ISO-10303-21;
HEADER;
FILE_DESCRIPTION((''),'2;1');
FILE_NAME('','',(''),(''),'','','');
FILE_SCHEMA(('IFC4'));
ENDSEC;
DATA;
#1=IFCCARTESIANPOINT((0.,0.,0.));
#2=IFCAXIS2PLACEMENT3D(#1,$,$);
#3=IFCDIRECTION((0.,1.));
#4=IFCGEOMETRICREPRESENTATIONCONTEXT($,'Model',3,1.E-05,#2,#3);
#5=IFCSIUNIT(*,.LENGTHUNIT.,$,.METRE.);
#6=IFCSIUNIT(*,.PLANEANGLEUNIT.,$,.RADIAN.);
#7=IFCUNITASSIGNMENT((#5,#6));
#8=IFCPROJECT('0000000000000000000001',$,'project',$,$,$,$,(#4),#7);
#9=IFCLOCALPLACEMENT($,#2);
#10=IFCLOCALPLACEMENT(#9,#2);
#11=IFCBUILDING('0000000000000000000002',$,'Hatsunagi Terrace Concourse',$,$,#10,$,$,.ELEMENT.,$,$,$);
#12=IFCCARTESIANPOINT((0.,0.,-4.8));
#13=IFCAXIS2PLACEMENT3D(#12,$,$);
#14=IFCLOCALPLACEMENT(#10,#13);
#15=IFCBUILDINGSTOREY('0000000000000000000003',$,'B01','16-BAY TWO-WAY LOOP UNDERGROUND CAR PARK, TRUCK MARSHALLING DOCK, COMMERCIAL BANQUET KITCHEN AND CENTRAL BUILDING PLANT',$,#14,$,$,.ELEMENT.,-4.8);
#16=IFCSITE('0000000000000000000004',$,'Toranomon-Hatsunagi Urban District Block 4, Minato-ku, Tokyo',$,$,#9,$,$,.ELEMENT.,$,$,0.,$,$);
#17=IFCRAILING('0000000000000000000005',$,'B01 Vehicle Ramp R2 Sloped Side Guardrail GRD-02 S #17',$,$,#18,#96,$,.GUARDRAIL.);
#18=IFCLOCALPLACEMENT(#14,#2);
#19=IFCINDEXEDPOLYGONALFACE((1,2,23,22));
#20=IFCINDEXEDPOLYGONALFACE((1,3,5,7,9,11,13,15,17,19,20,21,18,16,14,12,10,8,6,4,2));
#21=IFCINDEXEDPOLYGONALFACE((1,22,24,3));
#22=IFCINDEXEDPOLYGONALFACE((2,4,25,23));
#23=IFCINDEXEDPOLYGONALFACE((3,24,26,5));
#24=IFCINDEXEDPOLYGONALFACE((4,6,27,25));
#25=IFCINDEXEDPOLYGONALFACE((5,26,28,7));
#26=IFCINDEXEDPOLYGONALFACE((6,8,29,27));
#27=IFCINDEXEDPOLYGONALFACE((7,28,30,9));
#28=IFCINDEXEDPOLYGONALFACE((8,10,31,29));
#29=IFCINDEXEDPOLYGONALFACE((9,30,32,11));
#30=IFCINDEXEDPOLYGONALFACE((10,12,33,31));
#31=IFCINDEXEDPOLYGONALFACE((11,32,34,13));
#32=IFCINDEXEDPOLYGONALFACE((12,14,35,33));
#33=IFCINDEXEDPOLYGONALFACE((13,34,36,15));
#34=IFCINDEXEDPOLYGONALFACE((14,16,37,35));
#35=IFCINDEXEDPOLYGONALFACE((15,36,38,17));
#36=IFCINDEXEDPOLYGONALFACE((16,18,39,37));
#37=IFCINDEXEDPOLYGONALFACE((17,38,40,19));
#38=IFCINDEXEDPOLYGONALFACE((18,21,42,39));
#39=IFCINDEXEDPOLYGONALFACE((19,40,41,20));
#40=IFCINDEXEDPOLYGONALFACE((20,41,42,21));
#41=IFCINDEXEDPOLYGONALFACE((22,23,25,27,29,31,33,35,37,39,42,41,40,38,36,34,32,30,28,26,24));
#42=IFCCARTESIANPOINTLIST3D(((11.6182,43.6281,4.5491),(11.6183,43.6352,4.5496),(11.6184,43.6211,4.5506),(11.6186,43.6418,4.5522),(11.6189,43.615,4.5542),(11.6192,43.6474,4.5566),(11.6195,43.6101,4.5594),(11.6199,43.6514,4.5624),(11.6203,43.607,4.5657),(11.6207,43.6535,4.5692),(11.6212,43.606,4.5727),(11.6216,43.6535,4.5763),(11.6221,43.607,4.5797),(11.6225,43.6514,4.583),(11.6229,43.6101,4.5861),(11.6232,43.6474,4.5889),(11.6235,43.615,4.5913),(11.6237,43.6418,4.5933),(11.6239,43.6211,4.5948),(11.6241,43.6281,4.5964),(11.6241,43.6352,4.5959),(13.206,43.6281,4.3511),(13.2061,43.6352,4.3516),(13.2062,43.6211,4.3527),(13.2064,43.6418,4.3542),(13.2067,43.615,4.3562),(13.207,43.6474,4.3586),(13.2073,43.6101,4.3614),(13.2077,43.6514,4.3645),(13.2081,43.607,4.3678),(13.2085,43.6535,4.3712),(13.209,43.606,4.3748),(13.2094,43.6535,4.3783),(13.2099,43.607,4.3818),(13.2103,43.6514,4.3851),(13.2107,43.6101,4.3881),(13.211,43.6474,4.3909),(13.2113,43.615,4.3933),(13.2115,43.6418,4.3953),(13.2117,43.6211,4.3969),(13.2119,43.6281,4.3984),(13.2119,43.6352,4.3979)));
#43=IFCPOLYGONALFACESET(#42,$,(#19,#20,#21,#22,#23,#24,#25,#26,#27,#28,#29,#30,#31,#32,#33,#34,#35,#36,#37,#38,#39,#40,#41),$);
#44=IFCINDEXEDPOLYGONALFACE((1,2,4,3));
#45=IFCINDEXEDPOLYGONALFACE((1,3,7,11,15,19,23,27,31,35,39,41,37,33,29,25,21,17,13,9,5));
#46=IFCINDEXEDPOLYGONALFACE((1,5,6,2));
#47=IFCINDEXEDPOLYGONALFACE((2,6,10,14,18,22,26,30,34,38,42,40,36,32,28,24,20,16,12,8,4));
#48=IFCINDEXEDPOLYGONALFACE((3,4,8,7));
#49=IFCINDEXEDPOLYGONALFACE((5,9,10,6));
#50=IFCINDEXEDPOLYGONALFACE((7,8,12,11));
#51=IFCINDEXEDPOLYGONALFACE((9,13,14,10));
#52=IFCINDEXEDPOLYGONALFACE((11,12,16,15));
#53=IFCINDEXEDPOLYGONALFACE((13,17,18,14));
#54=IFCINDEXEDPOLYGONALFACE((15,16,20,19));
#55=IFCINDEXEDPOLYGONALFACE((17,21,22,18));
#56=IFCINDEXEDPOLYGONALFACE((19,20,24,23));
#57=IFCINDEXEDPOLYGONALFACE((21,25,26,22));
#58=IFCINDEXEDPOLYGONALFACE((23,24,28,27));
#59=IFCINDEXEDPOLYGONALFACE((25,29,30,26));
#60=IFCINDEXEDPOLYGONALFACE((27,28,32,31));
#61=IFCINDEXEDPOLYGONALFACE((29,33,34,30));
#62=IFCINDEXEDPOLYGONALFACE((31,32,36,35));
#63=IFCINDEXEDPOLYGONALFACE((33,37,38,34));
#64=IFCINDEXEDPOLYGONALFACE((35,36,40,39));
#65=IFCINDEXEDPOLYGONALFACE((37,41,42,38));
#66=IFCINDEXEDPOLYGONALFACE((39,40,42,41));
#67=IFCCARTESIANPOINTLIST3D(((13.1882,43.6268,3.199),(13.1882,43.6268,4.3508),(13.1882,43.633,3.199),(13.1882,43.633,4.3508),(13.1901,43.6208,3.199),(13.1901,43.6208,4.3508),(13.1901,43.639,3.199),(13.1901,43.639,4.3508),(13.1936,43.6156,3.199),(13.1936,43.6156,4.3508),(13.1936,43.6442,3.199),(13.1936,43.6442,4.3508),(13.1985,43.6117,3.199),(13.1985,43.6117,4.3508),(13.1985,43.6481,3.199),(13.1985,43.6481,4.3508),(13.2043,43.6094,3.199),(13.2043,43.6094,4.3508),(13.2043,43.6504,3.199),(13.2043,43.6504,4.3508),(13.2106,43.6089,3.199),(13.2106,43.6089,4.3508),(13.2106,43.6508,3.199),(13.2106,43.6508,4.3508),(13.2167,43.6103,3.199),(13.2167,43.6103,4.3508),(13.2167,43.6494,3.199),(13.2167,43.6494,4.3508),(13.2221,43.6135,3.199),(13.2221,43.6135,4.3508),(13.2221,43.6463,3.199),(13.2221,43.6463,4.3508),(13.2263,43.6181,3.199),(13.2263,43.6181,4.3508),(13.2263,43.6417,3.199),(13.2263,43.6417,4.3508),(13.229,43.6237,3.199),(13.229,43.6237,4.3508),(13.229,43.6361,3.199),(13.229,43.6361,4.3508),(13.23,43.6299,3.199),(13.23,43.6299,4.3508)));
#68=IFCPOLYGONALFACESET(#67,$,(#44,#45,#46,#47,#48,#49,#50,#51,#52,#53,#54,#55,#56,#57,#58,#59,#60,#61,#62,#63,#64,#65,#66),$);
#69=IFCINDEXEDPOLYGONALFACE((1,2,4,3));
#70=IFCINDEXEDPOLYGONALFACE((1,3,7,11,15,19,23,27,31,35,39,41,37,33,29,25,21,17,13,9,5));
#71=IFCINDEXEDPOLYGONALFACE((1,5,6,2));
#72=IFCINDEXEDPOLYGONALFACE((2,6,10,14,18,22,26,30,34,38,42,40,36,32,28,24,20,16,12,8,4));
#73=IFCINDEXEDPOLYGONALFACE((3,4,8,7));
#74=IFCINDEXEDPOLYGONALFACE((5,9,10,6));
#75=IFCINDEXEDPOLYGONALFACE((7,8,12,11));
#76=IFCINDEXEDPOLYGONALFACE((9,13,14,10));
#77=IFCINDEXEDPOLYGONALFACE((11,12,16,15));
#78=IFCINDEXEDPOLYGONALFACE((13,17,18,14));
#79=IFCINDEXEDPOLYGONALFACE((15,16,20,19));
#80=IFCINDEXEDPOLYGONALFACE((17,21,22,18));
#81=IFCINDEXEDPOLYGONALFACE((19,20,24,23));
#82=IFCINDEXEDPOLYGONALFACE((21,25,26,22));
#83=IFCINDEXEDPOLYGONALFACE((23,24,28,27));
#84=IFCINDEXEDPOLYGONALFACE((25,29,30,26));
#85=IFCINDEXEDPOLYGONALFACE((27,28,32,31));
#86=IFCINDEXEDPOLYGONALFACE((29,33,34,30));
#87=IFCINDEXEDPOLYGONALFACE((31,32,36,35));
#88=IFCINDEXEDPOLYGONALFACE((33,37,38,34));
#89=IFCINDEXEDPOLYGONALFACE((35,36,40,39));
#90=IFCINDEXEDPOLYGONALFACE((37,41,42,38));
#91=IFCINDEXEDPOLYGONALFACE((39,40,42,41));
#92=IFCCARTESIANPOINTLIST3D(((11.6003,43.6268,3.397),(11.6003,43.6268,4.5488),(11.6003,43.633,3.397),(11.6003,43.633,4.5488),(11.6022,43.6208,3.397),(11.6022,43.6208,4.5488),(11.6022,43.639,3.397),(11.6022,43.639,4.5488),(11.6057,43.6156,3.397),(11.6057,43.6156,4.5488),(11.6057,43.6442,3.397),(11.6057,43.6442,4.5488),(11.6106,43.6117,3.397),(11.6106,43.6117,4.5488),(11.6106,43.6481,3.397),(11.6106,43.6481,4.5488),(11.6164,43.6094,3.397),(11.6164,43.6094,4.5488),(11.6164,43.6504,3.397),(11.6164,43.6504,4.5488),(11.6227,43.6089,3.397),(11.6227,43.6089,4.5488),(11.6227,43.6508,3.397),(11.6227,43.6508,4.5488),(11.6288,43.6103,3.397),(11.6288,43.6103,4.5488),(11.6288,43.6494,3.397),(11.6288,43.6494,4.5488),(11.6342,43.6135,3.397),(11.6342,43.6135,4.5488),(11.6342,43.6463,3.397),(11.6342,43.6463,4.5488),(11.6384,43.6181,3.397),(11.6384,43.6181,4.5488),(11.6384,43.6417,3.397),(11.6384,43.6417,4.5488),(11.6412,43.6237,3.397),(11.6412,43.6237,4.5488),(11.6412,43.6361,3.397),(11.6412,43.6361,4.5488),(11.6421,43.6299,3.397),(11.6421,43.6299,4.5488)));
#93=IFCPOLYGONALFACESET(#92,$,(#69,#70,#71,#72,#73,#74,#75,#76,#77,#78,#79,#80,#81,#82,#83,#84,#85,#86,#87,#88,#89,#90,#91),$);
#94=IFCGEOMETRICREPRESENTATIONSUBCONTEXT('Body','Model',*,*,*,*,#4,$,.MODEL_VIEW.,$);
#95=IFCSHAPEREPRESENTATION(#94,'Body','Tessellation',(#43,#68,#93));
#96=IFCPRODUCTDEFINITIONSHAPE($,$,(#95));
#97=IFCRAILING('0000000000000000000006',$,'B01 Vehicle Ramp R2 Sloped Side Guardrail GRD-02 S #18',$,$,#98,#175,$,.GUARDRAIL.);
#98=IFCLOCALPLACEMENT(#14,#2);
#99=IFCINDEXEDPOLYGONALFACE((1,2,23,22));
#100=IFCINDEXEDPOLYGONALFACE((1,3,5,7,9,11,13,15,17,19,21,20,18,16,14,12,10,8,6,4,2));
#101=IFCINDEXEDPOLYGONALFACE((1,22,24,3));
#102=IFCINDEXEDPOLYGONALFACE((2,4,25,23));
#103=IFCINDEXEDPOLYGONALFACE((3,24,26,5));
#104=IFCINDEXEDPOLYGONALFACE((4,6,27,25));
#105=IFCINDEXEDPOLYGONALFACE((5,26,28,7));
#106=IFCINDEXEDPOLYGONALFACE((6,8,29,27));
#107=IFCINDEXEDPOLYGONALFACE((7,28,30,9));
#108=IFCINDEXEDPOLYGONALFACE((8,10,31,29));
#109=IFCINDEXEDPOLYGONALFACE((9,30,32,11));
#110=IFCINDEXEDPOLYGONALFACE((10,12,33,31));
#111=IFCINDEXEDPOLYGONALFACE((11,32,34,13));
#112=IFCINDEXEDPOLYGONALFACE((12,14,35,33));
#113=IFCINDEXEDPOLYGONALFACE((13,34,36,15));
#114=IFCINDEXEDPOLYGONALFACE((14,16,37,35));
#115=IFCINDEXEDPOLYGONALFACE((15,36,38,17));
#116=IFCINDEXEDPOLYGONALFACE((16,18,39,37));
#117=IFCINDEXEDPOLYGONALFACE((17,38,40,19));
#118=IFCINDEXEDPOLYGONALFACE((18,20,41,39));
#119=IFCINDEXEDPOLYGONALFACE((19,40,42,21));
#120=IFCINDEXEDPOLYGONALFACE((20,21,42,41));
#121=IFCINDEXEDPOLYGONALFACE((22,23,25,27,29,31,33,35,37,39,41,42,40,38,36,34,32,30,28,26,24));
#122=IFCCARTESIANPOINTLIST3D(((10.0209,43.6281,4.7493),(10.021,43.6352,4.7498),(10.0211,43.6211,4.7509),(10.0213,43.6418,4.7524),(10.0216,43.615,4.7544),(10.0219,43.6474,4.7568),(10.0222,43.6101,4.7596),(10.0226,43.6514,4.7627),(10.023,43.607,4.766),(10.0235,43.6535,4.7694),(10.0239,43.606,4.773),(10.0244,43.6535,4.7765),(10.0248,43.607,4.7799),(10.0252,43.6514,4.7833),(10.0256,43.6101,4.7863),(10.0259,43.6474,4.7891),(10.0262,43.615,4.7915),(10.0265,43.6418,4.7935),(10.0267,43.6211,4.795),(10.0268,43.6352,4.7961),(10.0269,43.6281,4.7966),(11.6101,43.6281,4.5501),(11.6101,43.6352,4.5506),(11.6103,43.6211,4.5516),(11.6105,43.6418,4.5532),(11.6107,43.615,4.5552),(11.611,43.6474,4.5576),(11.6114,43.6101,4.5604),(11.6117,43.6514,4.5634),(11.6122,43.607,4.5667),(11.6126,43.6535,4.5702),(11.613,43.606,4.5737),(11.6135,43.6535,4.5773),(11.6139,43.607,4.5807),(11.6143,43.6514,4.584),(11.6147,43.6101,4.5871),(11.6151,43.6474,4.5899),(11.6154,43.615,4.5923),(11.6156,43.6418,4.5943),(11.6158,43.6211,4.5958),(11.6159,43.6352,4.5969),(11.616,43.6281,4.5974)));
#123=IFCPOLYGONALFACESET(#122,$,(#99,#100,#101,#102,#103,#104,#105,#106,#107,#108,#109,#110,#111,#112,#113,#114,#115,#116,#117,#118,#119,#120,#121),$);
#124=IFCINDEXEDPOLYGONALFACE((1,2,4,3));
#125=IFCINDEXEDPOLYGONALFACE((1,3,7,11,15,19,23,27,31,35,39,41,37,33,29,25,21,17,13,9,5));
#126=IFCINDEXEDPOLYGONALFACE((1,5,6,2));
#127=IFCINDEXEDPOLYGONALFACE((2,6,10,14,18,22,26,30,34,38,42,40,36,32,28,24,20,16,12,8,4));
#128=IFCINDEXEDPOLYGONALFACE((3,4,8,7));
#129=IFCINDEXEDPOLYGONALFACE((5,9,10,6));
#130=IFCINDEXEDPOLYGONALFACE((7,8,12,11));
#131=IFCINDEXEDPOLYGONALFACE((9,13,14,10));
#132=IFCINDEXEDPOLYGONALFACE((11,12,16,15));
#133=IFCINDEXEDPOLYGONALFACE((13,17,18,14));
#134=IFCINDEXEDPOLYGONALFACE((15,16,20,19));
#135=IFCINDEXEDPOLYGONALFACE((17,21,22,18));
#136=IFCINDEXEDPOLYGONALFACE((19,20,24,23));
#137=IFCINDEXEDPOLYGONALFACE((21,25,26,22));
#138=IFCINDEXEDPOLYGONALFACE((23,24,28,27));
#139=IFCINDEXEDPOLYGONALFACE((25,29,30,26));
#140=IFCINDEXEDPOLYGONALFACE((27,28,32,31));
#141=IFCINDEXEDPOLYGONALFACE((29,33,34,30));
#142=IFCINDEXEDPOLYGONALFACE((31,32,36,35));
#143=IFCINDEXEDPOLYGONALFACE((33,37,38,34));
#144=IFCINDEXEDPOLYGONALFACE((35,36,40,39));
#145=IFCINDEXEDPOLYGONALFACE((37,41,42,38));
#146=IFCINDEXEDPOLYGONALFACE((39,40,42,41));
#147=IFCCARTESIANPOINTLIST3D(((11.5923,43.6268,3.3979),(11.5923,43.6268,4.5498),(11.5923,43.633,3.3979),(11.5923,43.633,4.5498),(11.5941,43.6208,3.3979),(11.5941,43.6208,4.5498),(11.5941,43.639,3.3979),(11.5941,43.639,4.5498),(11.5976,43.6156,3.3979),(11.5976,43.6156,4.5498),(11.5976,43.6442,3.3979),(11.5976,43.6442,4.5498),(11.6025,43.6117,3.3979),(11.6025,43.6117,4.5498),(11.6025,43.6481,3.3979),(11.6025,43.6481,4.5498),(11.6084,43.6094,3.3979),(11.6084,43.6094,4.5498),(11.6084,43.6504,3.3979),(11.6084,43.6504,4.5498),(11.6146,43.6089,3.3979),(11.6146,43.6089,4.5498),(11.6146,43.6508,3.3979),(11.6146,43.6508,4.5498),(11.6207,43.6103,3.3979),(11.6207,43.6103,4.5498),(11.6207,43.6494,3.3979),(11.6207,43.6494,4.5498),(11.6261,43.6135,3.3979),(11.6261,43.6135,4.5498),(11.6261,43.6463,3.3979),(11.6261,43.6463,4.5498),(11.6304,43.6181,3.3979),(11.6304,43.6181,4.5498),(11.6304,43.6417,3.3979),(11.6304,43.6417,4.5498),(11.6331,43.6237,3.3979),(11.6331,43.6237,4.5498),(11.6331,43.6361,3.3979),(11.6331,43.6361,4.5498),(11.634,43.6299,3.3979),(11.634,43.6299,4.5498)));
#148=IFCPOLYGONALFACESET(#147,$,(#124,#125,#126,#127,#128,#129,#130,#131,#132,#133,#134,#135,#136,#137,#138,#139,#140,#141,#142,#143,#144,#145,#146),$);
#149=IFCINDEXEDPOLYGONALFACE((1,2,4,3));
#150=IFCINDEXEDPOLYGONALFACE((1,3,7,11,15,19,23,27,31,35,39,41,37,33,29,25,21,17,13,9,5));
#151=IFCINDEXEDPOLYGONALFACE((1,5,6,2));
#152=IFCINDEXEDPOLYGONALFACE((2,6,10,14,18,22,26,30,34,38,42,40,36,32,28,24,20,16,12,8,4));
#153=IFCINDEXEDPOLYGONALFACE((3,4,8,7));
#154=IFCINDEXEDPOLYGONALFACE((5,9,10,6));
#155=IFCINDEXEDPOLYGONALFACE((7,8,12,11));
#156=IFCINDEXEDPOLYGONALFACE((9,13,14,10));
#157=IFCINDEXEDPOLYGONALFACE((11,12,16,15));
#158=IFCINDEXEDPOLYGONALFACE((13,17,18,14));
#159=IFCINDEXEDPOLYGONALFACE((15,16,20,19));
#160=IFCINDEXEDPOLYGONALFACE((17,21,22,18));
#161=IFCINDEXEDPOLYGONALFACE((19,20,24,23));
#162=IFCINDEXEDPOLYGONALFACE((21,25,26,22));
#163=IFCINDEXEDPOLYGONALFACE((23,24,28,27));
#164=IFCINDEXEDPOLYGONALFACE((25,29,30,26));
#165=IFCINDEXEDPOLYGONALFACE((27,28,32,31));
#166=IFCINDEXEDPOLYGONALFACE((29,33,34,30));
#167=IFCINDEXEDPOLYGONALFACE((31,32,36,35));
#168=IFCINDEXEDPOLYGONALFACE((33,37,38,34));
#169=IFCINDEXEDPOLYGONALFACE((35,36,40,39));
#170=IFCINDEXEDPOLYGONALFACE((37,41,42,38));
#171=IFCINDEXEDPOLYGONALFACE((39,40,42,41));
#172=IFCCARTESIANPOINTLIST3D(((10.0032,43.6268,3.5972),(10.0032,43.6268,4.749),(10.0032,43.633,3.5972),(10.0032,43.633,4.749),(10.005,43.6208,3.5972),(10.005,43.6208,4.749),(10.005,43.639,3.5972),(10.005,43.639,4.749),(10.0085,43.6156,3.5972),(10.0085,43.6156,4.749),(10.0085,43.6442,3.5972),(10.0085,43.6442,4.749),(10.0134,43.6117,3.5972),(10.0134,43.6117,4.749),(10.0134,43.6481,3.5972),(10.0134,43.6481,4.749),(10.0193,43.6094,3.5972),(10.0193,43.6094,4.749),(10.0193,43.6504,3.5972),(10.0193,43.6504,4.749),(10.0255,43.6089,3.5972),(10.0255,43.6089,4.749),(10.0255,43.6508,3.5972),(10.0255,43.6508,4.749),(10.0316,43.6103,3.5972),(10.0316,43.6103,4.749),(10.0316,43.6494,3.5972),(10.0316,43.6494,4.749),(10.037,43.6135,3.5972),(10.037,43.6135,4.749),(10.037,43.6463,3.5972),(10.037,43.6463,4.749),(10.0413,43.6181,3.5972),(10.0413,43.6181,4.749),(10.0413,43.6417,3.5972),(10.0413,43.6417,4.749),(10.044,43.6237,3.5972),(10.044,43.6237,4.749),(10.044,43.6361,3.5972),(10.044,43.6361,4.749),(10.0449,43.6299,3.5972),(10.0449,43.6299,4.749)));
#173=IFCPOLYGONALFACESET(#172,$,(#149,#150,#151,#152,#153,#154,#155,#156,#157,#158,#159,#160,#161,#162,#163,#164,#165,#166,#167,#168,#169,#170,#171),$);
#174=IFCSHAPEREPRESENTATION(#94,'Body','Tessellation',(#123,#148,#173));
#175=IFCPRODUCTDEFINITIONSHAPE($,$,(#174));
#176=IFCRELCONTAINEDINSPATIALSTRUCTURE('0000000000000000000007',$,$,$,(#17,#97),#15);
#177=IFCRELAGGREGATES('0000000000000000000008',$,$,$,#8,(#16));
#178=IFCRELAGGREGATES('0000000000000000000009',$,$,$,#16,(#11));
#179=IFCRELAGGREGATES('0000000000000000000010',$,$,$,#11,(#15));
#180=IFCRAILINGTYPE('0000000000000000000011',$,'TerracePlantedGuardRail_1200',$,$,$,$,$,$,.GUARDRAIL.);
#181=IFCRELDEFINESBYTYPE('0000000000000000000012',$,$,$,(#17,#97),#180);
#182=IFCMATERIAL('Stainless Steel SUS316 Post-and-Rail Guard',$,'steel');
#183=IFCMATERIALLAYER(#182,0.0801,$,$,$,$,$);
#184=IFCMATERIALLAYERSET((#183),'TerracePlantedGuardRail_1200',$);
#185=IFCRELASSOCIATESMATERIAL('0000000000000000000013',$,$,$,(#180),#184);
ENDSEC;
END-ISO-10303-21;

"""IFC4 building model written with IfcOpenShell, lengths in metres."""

from ifc_helpers import new_model, si_unit, direction, frame, origin, origin_2d, place, context, subcontext, project, spatial, circle, extrude, material, layer, layer_set, type_object, element, save


model = new_model("IFC4")

# Units and contexts
model_context = context("Model", 3, precision=1e-05, world=origin(), true_north=direction((0.0, 1.0)))
body_context = subcontext(model_context, "Body", "Model", "MODEL_VIEW")
ifc_project = project(units=[si_unit("LENGTHUNIT", "METRE"), si_unit("PLANEANGLEUNIT", "RADIAN")], contexts=[model_context])

# Site, building, storey
site_placement = place(None, origin())
site = spatial("IfcSite", under=ifc_project, at=site_placement, Name="Toranomon-Hatsunagi Urban District Block 4, Minato-ku, Tokyo", CompositionType="ELEMENT", RefElevation=0.0)
building_placement = place(site_placement, origin())
building = spatial("IfcBuilding", under=site, at=building_placement, Name="Hatsunagi Terrace Concourse", CompositionType="ELEMENT")
storey_placement = place(building_placement, frame((0.0, 0.0, -4.8)))
storey = spatial("IfcBuildingStorey", under=building, at=storey_placement, Name="B01", Description="16-BAY TWO-WAY LOOP UNDERGROUND CAR PARK, TRUCK MARSHALLING DOCK, COMMERCIAL BANQUET KITCHEN AND CENTRAL BUILDING PLANT", CompositionType="ELEMENT", Elevation=-4.8)

# Railings
ifc_material_1 = material(Name="Stainless Steel SUS316 Post-and-Rail Guard", Category="steel")
ifc_layer_1 = layer(ifc_material_1, 0.0801)
ifc_layer_set_1 = layer_set([ifc_layer_1], Name="TerracePlantedGuardRail_1200")
railing_type = type_object("IfcRailingType", Name="TerracePlantedGuardRail_1200", PredefinedType="GUARDRAIL", material=ifc_layer_set_1)
railing_1_placement = place(storey_placement, frame((13.209, 43.6299, 3.199)))
element("IfcRailing", 1, at=railing_1_placement, inside=storey, type_object=railing_type, Name="B01 Vehicle Ramp R2 Sloped Side Guardrail GRD-02 S #17", PredefinedType="GUARDRAIL", context=body_context, shape_type="SweptSolid", body=[
    extrude(circle(Radius=0.0239, at=origin_2d()), frame((0.0, 0.0, 1.1758), z_axis=(-0.992315, 0.0, 0.123734), x_axis=(0.0, -1.0, 0.0)), (0.0, 0.0, 1.0), 1.6001),
    extrude(circle(Radius=0.021, at=origin_2d()), origin(), (0.0, 0.0, 1.0), 1.1519),
    extrude(circle(Radius=0.021, at=origin_2d()), frame((-1.5879, 0.0, 0.198)), (0.0, 0.0, 1.0), 1.1519),
])
railing_2_placement = place(storey_placement, frame((11.613, 43.6299, 3.3979)))
element("IfcRailing", 2, at=railing_2_placement, inside=storey, type_object=railing_type, Name="B01 Vehicle Ramp R2 Sloped Side Guardrail GRD-02 S #18", PredefinedType="GUARDRAIL", context=body_context, shape_type="SweptSolid", body=[
    extrude(circle(Radius=0.0239, at=origin_2d()), frame((0.0, 0.0, 1.1758), z_axis=(-0.992233, 0.0, 0.124391), x_axis=(0.0, -1.0, 0.0)), (0.0, 0.0, 1.0), 1.6016),
    extrude(circle(Radius=0.021, at=origin_2d()), origin(), (0.0, 0.0, 1.0), 1.1519),
    extrude(circle(Radius=0.021, at=origin_2d()), frame((-1.5891, 0.0, 0.1992)), (0.0, 0.0, 1.0), 1.1519),
])

save(model, "model.ifc")
